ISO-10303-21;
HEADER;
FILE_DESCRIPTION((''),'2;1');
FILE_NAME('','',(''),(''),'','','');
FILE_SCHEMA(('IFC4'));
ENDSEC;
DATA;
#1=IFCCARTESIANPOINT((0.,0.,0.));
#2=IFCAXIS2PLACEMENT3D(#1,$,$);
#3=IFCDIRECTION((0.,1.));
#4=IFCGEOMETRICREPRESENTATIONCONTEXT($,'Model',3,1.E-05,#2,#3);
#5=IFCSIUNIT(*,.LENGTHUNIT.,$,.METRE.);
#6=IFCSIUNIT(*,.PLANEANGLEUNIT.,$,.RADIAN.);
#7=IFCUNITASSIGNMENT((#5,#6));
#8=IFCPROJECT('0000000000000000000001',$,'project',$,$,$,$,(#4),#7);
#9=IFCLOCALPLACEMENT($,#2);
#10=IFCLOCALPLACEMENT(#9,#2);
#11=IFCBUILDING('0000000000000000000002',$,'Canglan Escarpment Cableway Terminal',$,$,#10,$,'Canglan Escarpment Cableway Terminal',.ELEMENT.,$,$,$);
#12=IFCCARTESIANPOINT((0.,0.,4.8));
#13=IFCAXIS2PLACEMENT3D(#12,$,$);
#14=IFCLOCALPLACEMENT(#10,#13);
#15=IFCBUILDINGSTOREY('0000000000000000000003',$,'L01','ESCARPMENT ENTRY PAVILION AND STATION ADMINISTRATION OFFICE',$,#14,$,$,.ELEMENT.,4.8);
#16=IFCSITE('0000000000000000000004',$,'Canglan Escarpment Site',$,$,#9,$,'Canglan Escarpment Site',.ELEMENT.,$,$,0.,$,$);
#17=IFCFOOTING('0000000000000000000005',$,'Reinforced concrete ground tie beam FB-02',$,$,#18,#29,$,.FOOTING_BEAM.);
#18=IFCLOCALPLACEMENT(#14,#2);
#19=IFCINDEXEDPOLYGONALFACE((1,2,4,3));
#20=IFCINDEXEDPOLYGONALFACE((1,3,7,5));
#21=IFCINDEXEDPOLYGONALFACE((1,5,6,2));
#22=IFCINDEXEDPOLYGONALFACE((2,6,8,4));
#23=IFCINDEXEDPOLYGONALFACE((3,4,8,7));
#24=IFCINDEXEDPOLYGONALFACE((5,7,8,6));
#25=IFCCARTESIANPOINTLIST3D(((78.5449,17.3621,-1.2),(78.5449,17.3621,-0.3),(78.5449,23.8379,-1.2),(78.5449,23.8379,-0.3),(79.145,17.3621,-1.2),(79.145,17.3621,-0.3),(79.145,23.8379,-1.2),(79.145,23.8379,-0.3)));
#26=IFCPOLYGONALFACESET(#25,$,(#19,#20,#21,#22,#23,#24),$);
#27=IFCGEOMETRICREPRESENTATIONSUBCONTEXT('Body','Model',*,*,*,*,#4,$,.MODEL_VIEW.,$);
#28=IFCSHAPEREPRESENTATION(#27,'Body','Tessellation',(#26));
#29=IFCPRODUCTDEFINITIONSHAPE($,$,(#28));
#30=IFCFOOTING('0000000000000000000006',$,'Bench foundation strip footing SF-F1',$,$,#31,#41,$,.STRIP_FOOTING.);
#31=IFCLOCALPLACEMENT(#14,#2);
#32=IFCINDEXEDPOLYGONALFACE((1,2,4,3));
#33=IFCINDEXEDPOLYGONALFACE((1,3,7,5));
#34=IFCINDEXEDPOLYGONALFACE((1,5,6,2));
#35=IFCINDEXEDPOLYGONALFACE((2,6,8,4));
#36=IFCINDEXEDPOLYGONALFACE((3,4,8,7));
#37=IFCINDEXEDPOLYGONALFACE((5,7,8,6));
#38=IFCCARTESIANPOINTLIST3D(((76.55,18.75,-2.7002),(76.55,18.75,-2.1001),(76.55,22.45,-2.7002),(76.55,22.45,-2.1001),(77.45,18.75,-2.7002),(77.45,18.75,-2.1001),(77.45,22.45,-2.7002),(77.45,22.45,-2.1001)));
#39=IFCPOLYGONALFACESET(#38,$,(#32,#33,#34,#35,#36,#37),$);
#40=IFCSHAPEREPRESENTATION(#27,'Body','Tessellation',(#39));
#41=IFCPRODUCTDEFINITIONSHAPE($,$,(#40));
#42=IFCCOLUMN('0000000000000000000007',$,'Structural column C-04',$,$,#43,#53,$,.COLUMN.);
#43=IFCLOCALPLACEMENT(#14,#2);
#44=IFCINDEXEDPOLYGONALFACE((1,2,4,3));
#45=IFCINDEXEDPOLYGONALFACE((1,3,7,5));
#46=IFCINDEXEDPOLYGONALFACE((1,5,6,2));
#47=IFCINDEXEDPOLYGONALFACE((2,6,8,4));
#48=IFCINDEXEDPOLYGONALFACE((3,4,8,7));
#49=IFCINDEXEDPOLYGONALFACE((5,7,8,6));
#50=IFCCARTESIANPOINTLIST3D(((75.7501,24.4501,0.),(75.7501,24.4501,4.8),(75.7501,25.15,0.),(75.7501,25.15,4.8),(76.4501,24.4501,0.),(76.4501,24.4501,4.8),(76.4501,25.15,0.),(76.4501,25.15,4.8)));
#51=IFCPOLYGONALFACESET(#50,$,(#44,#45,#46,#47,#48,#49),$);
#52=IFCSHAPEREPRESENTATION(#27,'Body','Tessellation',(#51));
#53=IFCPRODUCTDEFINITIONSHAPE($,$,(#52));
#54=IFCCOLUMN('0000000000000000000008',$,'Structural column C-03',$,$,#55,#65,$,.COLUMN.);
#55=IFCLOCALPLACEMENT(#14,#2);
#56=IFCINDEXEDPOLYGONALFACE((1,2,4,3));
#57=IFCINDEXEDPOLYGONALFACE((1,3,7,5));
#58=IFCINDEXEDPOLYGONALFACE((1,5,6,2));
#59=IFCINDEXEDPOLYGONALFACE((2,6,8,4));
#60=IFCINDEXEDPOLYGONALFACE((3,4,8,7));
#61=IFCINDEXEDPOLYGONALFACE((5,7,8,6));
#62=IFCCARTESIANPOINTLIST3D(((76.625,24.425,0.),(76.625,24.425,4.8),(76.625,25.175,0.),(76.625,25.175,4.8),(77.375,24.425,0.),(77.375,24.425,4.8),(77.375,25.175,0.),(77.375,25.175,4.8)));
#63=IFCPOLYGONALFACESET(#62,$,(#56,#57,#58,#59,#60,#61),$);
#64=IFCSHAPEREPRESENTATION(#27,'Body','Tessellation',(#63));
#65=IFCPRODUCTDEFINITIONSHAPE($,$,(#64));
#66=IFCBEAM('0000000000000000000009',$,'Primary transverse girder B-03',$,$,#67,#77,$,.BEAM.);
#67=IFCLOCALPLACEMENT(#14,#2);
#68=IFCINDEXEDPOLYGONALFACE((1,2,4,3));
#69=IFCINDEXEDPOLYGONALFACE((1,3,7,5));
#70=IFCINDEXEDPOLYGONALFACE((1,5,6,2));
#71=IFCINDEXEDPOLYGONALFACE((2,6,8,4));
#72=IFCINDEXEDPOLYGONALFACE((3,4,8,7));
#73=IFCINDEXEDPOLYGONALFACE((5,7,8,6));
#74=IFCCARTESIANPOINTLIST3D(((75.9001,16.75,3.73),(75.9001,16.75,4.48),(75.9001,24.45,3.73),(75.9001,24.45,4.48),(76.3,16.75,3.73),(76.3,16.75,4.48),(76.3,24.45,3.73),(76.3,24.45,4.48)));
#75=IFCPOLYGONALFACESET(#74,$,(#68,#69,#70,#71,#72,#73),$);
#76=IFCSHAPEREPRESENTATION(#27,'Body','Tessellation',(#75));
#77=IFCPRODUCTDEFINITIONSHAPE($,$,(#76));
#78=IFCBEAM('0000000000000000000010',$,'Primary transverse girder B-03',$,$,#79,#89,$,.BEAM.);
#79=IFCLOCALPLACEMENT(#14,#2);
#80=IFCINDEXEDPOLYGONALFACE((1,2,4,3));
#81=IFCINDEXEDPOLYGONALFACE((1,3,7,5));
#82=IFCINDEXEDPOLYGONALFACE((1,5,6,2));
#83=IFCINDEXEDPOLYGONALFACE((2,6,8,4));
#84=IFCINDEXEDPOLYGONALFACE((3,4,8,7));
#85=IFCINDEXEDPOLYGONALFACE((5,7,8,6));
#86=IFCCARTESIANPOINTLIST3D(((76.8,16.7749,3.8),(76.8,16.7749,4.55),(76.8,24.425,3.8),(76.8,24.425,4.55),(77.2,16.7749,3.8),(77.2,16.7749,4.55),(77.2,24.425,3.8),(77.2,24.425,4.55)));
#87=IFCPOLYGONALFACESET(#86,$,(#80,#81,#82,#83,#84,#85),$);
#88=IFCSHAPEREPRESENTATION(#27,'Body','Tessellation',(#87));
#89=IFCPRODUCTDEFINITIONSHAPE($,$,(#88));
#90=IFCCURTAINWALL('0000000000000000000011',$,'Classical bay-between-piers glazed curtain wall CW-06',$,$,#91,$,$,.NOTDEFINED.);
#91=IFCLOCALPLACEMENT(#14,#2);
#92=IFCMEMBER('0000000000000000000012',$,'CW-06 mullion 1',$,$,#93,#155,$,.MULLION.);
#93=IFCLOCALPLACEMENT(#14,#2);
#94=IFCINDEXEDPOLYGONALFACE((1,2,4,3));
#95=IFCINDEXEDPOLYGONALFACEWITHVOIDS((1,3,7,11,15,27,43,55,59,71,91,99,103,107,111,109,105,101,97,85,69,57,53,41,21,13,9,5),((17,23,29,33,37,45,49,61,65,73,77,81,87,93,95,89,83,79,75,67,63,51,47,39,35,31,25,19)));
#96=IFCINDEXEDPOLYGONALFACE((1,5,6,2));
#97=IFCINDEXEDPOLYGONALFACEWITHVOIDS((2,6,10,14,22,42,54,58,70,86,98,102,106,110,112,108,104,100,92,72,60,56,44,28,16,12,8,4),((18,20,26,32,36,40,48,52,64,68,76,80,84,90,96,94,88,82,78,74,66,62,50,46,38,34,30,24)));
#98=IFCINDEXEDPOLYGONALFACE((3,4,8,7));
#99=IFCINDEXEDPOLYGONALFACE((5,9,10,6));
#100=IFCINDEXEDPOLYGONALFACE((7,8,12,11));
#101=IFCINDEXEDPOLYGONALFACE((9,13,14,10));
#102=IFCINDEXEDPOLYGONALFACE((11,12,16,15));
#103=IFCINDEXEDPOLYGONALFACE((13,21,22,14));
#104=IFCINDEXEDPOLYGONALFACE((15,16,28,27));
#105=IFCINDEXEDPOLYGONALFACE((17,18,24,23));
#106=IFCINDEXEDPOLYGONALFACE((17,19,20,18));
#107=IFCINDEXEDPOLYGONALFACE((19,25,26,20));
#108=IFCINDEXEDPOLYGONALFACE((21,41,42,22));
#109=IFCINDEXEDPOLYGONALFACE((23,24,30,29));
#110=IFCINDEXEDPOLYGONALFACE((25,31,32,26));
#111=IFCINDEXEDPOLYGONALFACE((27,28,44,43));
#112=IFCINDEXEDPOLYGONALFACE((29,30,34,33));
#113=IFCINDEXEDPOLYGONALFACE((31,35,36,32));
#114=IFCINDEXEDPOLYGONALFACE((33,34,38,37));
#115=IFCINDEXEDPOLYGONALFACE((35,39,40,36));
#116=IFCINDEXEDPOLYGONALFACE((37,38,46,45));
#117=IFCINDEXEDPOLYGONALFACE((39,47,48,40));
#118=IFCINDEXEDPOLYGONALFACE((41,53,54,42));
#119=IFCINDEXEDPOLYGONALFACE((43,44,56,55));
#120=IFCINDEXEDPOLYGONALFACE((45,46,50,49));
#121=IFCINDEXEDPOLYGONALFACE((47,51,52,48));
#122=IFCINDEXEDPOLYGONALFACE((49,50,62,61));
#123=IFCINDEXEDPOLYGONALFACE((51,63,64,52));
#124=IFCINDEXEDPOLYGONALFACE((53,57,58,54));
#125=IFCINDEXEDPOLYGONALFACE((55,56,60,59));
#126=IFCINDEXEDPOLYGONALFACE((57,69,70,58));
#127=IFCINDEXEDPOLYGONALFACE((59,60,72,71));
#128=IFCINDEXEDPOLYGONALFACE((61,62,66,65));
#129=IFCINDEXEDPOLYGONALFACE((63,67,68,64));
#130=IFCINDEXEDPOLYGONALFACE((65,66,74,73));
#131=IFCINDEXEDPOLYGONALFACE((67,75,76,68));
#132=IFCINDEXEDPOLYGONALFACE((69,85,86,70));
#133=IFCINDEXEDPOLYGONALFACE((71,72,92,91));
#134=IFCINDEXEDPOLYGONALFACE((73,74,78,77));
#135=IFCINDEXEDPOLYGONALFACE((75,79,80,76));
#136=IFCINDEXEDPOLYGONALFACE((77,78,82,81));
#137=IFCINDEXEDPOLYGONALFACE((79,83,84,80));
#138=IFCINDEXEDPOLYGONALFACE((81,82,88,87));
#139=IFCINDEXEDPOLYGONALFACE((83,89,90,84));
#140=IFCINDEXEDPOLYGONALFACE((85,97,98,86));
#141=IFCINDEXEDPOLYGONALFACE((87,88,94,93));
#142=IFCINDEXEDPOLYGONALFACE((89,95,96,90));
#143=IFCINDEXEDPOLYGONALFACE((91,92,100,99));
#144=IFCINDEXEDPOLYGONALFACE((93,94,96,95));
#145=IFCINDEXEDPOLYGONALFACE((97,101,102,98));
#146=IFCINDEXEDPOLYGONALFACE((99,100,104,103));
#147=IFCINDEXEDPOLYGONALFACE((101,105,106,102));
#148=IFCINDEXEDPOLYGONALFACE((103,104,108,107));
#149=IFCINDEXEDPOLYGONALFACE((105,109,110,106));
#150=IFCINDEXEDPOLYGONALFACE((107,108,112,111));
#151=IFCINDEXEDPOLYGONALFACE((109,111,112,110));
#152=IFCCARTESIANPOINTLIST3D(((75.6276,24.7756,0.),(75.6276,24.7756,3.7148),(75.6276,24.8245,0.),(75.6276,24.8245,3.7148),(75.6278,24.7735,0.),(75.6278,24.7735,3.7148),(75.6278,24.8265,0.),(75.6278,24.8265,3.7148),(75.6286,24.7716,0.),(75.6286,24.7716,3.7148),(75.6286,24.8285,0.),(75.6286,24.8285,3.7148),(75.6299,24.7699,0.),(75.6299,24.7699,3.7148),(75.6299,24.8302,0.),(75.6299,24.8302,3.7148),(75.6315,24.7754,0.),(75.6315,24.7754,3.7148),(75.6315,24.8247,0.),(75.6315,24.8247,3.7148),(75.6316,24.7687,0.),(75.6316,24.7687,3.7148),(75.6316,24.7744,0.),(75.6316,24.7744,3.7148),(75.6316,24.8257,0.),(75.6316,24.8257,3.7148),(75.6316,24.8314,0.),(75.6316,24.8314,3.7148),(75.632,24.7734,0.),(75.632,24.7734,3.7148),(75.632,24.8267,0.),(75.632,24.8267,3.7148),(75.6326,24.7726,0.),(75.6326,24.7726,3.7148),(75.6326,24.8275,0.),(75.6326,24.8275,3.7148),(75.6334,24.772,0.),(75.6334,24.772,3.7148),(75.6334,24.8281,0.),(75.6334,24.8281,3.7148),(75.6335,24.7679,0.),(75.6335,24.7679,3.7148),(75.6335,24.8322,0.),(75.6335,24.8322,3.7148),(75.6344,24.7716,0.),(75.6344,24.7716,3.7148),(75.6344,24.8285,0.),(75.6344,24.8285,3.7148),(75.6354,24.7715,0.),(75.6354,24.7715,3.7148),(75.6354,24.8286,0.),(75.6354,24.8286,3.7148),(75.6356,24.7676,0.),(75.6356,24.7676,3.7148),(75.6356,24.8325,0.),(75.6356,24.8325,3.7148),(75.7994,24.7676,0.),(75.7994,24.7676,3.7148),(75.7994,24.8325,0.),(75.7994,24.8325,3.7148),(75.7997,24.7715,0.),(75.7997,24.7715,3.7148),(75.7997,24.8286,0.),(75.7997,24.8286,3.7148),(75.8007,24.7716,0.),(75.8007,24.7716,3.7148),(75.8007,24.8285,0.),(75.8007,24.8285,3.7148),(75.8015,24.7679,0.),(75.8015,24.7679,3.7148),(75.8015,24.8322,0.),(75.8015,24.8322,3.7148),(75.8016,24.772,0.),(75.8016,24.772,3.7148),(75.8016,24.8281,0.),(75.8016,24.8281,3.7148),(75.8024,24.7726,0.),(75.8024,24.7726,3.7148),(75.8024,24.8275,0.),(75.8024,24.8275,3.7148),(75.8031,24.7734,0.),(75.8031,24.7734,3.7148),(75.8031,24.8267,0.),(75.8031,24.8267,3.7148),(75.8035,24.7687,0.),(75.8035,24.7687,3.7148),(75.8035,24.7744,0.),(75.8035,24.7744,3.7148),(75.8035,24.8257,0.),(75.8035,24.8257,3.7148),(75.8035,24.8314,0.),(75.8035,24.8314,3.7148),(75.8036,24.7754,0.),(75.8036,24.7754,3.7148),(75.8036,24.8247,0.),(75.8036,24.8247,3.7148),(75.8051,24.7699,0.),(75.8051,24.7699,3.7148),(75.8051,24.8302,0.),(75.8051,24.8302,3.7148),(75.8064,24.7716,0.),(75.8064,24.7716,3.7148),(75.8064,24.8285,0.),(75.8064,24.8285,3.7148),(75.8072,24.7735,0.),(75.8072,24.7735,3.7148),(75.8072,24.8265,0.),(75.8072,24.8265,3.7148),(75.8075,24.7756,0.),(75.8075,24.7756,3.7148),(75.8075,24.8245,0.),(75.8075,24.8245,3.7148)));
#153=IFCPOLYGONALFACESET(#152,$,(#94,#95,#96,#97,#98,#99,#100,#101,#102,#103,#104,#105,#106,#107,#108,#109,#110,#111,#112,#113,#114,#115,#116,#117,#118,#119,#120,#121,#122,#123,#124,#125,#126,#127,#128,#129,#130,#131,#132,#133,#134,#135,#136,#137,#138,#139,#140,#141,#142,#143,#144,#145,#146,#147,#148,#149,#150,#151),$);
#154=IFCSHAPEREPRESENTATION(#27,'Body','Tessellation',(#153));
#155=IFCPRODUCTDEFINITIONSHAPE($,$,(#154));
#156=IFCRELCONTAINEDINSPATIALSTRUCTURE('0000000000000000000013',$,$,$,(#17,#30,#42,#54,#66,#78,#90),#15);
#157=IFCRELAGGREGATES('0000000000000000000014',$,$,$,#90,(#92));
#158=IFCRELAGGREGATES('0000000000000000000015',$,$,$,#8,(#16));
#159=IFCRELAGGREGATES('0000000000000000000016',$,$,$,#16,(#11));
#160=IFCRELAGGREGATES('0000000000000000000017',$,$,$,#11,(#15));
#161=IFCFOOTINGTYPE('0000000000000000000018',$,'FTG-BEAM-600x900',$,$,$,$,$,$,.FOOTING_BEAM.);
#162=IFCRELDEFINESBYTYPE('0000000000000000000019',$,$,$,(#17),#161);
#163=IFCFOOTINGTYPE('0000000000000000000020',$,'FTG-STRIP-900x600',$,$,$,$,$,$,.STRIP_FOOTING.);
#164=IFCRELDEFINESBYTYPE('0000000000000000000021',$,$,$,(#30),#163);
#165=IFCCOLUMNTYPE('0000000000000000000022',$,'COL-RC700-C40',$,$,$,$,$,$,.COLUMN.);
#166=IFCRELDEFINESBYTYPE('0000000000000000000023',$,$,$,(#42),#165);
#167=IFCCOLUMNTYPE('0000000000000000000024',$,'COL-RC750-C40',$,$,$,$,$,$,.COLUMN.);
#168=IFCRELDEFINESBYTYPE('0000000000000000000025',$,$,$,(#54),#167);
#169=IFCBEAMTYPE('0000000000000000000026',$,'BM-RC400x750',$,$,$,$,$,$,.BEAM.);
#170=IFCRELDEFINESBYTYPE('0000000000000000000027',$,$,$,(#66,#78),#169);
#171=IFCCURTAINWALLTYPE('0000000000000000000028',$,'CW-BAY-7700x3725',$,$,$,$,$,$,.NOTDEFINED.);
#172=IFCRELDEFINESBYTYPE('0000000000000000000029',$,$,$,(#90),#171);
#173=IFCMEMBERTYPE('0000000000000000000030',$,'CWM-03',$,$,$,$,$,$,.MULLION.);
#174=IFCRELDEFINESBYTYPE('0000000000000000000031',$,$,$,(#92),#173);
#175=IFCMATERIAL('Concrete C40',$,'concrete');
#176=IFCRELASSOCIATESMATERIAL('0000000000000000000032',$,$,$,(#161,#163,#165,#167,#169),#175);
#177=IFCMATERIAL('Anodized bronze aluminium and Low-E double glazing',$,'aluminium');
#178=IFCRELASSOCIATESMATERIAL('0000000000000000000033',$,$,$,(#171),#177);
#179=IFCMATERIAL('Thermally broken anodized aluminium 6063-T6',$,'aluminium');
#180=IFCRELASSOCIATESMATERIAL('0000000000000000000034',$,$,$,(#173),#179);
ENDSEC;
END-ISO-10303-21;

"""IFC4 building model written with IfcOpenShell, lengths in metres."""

from ifc_helpers import new_model, si_unit, direction, frame, origin, origin_2d, place, context, subcontext, project, spatial, rectangle, hollow_rectangle, extrude, material, material_profile, profile_set, type_object, element, aggregate, save


model = new_model("IFC4")

# Units and contexts
model_context = context("Model", 3, precision=1e-05, world=origin(), true_north=direction((0.0, 1.0)))
body_context = subcontext(model_context, "Body", "Model", "MODEL_VIEW")
ifc_project = project(units=[si_unit("LENGTHUNIT", "METRE"), si_unit("PLANEANGLEUNIT", "RADIAN")], contexts=[model_context])

# Site, building, storey
site_placement = place(None, origin())
site = spatial("IfcSite", under=ifc_project, at=site_placement, Name="Canglan Escarpment Site", LongName="Canglan Escarpment Site", CompositionType="ELEMENT", RefElevation=0.0)
building_placement = place(site_placement, origin())
building = spatial("IfcBuilding", under=site, at=building_placement, Name="Canglan Escarpment Cableway Terminal", LongName="Canglan Escarpment Cableway Terminal", CompositionType="ELEMENT")
storey_placement = place(building_placement, frame((0.0, 0.0, 4.8)))
storey = spatial("IfcBuildingStorey", under=building, at=storey_placement, Name="L01", Description="ESCARPMENT ENTRY PAVILION AND STATION ADMINISTRATION OFFICE", CompositionType="ELEMENT", Elevation=4.8)

# Footings
ifc_material_1 = material(Name="Concrete C40", Category="concrete")
ifc_material_profile_1 = material_profile(ifc_material_1, rectangle(XDim=0.6001, YDim=0.8999, at=origin_2d()), Name="FB 600x900")
ifc_profile_set_1 = profile_set([ifc_material_profile_1], Name="Concrete C40")
footing_type_1 = type_object("IfcFootingType", Name="FTG-BEAM-600x900", PredefinedType="FOOTING_BEAM", material=ifc_profile_set_1)
footing_1_placement = place(storey_placement, frame((78.845, 17.3621, -0.75), z_axis=(0.0, 1.0, 0.0), x_axis=(-1.0, 0.0, 0.0)))
element("IfcFooting", 1, at=footing_1_placement, inside=storey, type_object=footing_type_1, Name="Reinforced concrete ground tie beam FB-02", PredefinedType="FOOTING_BEAM", context=body_context, shape_type="SweptSolid", body=[
    extrude(rectangle(XDim=0.6001, YDim=0.8999, at=origin_2d()), origin(), (0.0, 0.0, 1.0), 6.4758),
])
ifc_material_profile_2 = material_profile(ifc_material_1, rectangle(XDim=0.8999, YDim=0.6001, at=origin_2d()), Name="SF 900x600")
ifc_profile_set_2 = profile_set([ifc_material_profile_2], Name="Concrete C40")
footing_type_2 = type_object("IfcFootingType", Name="FTG-STRIP-900x600", PredefinedType="STRIP_FOOTING", material=ifc_profile_set_2)
footing_2_placement = place(storey_placement, frame((77.0, 18.75, -2.4001), z_axis=(0.0, 1.0, 0.0), x_axis=(-1.0, 0.0, 0.0)))
element("IfcFooting", 2, at=footing_2_placement, inside=storey, type_object=footing_type_2, Name="Bench foundation strip footing SF-F1", PredefinedType="STRIP_FOOTING", context=body_context, shape_type="SweptSolid", body=[
    extrude(rectangle(XDim=0.8999, YDim=0.6001, at=origin_2d()), origin(), (0.0, 0.0, 1.0), 3.7),
])

# Columns
ifc_material_profile_3 = material_profile(ifc_material_1, rectangle(XDim=0.7, YDim=0.7, at=origin_2d()), Name="RC 700x700")
ifc_profile_set_3 = profile_set([ifc_material_profile_3], Name="Concrete C40")
column_type_1 = type_object("IfcColumnType", Name="COL-RC700-C40", PredefinedType="COLUMN", material=ifc_profile_set_3)
column_1_placement = place(storey_placement, frame((76.1001, 24.8, 0.0), z_axis=(0.0, 0.0, 1.0), x_axis=(1.0, 0.0, 0.0)))
element("IfcColumn", 3, at=column_1_placement, inside=storey, type_object=column_type_1, Name="Structural column C-04", PredefinedType="COLUMN", context=body_context, shape_type="SweptSolid", body=[
    extrude(rectangle(XDim=0.7, YDim=0.7, at=origin_2d()), origin(), (0.0, 0.0, 1.0), 4.8),
])
ifc_material_profile_4 = material_profile(ifc_material_1, rectangle(XDim=0.75, YDim=0.75, at=origin_2d()), Name="RC 750x750")
ifc_profile_set_4 = profile_set([ifc_material_profile_4], Name="Concrete C40")
column_type_2 = type_object("IfcColumnType", Name="COL-RC750-C40", PredefinedType="COLUMN", material=ifc_profile_set_4)
column_2_placement = place(storey_placement, frame((77.0, 24.8, 0.0), z_axis=(0.0, 0.0, 1.0), x_axis=(1.0, 0.0, 0.0)))
element("IfcColumn", 4, at=column_2_placement, inside=storey, type_object=column_type_2, Name="Structural column C-03", PredefinedType="COLUMN", context=body_context, shape_type="SweptSolid", body=[
    extrude(rectangle(XDim=0.75, YDim=0.75, at=origin_2d()), origin(), (0.0, 0.0, 1.0), 4.8),
])

# Beams
ifc_material_profile_5 = material_profile(ifc_material_1, rectangle(XDim=0.3999, YDim=0.75, at=origin_2d()), Name="RC 400x750")
ifc_profile_set_5 = profile_set([ifc_material_profile_5], Name="Concrete C40")
beam_type_1 = type_object("IfcBeamType", Name="BM-RC400x750", PredefinedType="BEAM", material=ifc_profile_set_5)
beam_1_placement = place(storey_placement, frame((76.1001, 16.75, 4.105), z_axis=(0.0, 1.0, 0.0), x_axis=(-1.0, 0.0, 0.0)))
element("IfcBeam", 5, at=beam_1_placement, inside=storey, type_object=beam_type_1, Name="Primary transverse girder B-03", PredefinedType="BEAM", context=body_context, shape_type="SweptSolid", body=[
    extrude(rectangle(XDim=0.3999, YDim=0.75, at=origin_2d()), origin(), (0.0, 0.0, 1.0), 7.7),
])
beam_2_placement = place(storey_placement, frame((77.0, 16.7749, 4.175), z_axis=(0.0, 1.0, 0.0), x_axis=(-1.0, 0.0, 0.0)))
element("IfcBeam", 6, at=beam_2_placement, inside=storey, type_object=beam_type_1, Name="Primary transverse girder B-03", PredefinedType="BEAM", context=body_context, shape_type="SweptSolid", body=[
    extrude(rectangle(XDim=0.3999, YDim=0.75, at=origin_2d()), origin(), (0.0, 0.0, 1.0), 7.6501),
])

# Curtain wall, member
ifc_material_2 = material(Name="Anodized bronze aluminium and Low-E double glazing", Category="aluminium")
curtain_wall_type = type_object("IfcCurtainWallType", Name="CW-BAY-7700x3725", PredefinedType="NOTDEFINED", material=ifc_material_2)
curtain_wall_placement = place(storey_placement, origin())
curtain_wall = element("IfcCurtainWall", 7, at=curtain_wall_placement, inside=storey, type_object=curtain_wall_type, Name="Classical bay-between-piers glazed curtain wall CW-06", PredefinedType="NOTDEFINED")
ifc_material_3 = material(Name="Thermally broken anodized aluminium 6063-T6", Category="aluminium")
ifc_material_profile_6 = material_profile(ifc_material_3, hollow_rectangle(XDim=0.0649, YDim=0.1799, WallThickness=0.0039, InnerFilletRadius=0.0039, OuterFilletRadius=0.0081, at=origin_2d()), Name="ALU-MULL 65x180x4")
ifc_profile_set_6 = profile_set([ifc_material_profile_6], Name="Thermally broken anodized aluminium 6063-T6")
member_type_1 = type_object("IfcMemberType", Name="CWM-03", PredefinedType="MULLION", material=ifc_profile_set_6)
member_1_placement = place(storey_placement, frame((75.7175, 24.8, 0.0), z_axis=(0.0, 0.0, 1.0), x_axis=(0.0, -1.0, 0.0)))
member_1 = element("IfcMember", 8, at=member_1_placement, type_object=member_type_1, Name="CW-06 mullion 1", PredefinedType="MULLION", context=body_context, shape_type="SweptSolid", body=[
    extrude(hollow_rectangle(XDim=0.0649, YDim=0.1799, WallThickness=0.0039, InnerFilletRadius=0.0039, OuterFilletRadius=0.0081, at=origin_2d()), origin(), (0.0, 0.0, 1.0), 3.7148),
])
aggregate(curtain_wall, [member_1])

save(model, "model.ifc")
